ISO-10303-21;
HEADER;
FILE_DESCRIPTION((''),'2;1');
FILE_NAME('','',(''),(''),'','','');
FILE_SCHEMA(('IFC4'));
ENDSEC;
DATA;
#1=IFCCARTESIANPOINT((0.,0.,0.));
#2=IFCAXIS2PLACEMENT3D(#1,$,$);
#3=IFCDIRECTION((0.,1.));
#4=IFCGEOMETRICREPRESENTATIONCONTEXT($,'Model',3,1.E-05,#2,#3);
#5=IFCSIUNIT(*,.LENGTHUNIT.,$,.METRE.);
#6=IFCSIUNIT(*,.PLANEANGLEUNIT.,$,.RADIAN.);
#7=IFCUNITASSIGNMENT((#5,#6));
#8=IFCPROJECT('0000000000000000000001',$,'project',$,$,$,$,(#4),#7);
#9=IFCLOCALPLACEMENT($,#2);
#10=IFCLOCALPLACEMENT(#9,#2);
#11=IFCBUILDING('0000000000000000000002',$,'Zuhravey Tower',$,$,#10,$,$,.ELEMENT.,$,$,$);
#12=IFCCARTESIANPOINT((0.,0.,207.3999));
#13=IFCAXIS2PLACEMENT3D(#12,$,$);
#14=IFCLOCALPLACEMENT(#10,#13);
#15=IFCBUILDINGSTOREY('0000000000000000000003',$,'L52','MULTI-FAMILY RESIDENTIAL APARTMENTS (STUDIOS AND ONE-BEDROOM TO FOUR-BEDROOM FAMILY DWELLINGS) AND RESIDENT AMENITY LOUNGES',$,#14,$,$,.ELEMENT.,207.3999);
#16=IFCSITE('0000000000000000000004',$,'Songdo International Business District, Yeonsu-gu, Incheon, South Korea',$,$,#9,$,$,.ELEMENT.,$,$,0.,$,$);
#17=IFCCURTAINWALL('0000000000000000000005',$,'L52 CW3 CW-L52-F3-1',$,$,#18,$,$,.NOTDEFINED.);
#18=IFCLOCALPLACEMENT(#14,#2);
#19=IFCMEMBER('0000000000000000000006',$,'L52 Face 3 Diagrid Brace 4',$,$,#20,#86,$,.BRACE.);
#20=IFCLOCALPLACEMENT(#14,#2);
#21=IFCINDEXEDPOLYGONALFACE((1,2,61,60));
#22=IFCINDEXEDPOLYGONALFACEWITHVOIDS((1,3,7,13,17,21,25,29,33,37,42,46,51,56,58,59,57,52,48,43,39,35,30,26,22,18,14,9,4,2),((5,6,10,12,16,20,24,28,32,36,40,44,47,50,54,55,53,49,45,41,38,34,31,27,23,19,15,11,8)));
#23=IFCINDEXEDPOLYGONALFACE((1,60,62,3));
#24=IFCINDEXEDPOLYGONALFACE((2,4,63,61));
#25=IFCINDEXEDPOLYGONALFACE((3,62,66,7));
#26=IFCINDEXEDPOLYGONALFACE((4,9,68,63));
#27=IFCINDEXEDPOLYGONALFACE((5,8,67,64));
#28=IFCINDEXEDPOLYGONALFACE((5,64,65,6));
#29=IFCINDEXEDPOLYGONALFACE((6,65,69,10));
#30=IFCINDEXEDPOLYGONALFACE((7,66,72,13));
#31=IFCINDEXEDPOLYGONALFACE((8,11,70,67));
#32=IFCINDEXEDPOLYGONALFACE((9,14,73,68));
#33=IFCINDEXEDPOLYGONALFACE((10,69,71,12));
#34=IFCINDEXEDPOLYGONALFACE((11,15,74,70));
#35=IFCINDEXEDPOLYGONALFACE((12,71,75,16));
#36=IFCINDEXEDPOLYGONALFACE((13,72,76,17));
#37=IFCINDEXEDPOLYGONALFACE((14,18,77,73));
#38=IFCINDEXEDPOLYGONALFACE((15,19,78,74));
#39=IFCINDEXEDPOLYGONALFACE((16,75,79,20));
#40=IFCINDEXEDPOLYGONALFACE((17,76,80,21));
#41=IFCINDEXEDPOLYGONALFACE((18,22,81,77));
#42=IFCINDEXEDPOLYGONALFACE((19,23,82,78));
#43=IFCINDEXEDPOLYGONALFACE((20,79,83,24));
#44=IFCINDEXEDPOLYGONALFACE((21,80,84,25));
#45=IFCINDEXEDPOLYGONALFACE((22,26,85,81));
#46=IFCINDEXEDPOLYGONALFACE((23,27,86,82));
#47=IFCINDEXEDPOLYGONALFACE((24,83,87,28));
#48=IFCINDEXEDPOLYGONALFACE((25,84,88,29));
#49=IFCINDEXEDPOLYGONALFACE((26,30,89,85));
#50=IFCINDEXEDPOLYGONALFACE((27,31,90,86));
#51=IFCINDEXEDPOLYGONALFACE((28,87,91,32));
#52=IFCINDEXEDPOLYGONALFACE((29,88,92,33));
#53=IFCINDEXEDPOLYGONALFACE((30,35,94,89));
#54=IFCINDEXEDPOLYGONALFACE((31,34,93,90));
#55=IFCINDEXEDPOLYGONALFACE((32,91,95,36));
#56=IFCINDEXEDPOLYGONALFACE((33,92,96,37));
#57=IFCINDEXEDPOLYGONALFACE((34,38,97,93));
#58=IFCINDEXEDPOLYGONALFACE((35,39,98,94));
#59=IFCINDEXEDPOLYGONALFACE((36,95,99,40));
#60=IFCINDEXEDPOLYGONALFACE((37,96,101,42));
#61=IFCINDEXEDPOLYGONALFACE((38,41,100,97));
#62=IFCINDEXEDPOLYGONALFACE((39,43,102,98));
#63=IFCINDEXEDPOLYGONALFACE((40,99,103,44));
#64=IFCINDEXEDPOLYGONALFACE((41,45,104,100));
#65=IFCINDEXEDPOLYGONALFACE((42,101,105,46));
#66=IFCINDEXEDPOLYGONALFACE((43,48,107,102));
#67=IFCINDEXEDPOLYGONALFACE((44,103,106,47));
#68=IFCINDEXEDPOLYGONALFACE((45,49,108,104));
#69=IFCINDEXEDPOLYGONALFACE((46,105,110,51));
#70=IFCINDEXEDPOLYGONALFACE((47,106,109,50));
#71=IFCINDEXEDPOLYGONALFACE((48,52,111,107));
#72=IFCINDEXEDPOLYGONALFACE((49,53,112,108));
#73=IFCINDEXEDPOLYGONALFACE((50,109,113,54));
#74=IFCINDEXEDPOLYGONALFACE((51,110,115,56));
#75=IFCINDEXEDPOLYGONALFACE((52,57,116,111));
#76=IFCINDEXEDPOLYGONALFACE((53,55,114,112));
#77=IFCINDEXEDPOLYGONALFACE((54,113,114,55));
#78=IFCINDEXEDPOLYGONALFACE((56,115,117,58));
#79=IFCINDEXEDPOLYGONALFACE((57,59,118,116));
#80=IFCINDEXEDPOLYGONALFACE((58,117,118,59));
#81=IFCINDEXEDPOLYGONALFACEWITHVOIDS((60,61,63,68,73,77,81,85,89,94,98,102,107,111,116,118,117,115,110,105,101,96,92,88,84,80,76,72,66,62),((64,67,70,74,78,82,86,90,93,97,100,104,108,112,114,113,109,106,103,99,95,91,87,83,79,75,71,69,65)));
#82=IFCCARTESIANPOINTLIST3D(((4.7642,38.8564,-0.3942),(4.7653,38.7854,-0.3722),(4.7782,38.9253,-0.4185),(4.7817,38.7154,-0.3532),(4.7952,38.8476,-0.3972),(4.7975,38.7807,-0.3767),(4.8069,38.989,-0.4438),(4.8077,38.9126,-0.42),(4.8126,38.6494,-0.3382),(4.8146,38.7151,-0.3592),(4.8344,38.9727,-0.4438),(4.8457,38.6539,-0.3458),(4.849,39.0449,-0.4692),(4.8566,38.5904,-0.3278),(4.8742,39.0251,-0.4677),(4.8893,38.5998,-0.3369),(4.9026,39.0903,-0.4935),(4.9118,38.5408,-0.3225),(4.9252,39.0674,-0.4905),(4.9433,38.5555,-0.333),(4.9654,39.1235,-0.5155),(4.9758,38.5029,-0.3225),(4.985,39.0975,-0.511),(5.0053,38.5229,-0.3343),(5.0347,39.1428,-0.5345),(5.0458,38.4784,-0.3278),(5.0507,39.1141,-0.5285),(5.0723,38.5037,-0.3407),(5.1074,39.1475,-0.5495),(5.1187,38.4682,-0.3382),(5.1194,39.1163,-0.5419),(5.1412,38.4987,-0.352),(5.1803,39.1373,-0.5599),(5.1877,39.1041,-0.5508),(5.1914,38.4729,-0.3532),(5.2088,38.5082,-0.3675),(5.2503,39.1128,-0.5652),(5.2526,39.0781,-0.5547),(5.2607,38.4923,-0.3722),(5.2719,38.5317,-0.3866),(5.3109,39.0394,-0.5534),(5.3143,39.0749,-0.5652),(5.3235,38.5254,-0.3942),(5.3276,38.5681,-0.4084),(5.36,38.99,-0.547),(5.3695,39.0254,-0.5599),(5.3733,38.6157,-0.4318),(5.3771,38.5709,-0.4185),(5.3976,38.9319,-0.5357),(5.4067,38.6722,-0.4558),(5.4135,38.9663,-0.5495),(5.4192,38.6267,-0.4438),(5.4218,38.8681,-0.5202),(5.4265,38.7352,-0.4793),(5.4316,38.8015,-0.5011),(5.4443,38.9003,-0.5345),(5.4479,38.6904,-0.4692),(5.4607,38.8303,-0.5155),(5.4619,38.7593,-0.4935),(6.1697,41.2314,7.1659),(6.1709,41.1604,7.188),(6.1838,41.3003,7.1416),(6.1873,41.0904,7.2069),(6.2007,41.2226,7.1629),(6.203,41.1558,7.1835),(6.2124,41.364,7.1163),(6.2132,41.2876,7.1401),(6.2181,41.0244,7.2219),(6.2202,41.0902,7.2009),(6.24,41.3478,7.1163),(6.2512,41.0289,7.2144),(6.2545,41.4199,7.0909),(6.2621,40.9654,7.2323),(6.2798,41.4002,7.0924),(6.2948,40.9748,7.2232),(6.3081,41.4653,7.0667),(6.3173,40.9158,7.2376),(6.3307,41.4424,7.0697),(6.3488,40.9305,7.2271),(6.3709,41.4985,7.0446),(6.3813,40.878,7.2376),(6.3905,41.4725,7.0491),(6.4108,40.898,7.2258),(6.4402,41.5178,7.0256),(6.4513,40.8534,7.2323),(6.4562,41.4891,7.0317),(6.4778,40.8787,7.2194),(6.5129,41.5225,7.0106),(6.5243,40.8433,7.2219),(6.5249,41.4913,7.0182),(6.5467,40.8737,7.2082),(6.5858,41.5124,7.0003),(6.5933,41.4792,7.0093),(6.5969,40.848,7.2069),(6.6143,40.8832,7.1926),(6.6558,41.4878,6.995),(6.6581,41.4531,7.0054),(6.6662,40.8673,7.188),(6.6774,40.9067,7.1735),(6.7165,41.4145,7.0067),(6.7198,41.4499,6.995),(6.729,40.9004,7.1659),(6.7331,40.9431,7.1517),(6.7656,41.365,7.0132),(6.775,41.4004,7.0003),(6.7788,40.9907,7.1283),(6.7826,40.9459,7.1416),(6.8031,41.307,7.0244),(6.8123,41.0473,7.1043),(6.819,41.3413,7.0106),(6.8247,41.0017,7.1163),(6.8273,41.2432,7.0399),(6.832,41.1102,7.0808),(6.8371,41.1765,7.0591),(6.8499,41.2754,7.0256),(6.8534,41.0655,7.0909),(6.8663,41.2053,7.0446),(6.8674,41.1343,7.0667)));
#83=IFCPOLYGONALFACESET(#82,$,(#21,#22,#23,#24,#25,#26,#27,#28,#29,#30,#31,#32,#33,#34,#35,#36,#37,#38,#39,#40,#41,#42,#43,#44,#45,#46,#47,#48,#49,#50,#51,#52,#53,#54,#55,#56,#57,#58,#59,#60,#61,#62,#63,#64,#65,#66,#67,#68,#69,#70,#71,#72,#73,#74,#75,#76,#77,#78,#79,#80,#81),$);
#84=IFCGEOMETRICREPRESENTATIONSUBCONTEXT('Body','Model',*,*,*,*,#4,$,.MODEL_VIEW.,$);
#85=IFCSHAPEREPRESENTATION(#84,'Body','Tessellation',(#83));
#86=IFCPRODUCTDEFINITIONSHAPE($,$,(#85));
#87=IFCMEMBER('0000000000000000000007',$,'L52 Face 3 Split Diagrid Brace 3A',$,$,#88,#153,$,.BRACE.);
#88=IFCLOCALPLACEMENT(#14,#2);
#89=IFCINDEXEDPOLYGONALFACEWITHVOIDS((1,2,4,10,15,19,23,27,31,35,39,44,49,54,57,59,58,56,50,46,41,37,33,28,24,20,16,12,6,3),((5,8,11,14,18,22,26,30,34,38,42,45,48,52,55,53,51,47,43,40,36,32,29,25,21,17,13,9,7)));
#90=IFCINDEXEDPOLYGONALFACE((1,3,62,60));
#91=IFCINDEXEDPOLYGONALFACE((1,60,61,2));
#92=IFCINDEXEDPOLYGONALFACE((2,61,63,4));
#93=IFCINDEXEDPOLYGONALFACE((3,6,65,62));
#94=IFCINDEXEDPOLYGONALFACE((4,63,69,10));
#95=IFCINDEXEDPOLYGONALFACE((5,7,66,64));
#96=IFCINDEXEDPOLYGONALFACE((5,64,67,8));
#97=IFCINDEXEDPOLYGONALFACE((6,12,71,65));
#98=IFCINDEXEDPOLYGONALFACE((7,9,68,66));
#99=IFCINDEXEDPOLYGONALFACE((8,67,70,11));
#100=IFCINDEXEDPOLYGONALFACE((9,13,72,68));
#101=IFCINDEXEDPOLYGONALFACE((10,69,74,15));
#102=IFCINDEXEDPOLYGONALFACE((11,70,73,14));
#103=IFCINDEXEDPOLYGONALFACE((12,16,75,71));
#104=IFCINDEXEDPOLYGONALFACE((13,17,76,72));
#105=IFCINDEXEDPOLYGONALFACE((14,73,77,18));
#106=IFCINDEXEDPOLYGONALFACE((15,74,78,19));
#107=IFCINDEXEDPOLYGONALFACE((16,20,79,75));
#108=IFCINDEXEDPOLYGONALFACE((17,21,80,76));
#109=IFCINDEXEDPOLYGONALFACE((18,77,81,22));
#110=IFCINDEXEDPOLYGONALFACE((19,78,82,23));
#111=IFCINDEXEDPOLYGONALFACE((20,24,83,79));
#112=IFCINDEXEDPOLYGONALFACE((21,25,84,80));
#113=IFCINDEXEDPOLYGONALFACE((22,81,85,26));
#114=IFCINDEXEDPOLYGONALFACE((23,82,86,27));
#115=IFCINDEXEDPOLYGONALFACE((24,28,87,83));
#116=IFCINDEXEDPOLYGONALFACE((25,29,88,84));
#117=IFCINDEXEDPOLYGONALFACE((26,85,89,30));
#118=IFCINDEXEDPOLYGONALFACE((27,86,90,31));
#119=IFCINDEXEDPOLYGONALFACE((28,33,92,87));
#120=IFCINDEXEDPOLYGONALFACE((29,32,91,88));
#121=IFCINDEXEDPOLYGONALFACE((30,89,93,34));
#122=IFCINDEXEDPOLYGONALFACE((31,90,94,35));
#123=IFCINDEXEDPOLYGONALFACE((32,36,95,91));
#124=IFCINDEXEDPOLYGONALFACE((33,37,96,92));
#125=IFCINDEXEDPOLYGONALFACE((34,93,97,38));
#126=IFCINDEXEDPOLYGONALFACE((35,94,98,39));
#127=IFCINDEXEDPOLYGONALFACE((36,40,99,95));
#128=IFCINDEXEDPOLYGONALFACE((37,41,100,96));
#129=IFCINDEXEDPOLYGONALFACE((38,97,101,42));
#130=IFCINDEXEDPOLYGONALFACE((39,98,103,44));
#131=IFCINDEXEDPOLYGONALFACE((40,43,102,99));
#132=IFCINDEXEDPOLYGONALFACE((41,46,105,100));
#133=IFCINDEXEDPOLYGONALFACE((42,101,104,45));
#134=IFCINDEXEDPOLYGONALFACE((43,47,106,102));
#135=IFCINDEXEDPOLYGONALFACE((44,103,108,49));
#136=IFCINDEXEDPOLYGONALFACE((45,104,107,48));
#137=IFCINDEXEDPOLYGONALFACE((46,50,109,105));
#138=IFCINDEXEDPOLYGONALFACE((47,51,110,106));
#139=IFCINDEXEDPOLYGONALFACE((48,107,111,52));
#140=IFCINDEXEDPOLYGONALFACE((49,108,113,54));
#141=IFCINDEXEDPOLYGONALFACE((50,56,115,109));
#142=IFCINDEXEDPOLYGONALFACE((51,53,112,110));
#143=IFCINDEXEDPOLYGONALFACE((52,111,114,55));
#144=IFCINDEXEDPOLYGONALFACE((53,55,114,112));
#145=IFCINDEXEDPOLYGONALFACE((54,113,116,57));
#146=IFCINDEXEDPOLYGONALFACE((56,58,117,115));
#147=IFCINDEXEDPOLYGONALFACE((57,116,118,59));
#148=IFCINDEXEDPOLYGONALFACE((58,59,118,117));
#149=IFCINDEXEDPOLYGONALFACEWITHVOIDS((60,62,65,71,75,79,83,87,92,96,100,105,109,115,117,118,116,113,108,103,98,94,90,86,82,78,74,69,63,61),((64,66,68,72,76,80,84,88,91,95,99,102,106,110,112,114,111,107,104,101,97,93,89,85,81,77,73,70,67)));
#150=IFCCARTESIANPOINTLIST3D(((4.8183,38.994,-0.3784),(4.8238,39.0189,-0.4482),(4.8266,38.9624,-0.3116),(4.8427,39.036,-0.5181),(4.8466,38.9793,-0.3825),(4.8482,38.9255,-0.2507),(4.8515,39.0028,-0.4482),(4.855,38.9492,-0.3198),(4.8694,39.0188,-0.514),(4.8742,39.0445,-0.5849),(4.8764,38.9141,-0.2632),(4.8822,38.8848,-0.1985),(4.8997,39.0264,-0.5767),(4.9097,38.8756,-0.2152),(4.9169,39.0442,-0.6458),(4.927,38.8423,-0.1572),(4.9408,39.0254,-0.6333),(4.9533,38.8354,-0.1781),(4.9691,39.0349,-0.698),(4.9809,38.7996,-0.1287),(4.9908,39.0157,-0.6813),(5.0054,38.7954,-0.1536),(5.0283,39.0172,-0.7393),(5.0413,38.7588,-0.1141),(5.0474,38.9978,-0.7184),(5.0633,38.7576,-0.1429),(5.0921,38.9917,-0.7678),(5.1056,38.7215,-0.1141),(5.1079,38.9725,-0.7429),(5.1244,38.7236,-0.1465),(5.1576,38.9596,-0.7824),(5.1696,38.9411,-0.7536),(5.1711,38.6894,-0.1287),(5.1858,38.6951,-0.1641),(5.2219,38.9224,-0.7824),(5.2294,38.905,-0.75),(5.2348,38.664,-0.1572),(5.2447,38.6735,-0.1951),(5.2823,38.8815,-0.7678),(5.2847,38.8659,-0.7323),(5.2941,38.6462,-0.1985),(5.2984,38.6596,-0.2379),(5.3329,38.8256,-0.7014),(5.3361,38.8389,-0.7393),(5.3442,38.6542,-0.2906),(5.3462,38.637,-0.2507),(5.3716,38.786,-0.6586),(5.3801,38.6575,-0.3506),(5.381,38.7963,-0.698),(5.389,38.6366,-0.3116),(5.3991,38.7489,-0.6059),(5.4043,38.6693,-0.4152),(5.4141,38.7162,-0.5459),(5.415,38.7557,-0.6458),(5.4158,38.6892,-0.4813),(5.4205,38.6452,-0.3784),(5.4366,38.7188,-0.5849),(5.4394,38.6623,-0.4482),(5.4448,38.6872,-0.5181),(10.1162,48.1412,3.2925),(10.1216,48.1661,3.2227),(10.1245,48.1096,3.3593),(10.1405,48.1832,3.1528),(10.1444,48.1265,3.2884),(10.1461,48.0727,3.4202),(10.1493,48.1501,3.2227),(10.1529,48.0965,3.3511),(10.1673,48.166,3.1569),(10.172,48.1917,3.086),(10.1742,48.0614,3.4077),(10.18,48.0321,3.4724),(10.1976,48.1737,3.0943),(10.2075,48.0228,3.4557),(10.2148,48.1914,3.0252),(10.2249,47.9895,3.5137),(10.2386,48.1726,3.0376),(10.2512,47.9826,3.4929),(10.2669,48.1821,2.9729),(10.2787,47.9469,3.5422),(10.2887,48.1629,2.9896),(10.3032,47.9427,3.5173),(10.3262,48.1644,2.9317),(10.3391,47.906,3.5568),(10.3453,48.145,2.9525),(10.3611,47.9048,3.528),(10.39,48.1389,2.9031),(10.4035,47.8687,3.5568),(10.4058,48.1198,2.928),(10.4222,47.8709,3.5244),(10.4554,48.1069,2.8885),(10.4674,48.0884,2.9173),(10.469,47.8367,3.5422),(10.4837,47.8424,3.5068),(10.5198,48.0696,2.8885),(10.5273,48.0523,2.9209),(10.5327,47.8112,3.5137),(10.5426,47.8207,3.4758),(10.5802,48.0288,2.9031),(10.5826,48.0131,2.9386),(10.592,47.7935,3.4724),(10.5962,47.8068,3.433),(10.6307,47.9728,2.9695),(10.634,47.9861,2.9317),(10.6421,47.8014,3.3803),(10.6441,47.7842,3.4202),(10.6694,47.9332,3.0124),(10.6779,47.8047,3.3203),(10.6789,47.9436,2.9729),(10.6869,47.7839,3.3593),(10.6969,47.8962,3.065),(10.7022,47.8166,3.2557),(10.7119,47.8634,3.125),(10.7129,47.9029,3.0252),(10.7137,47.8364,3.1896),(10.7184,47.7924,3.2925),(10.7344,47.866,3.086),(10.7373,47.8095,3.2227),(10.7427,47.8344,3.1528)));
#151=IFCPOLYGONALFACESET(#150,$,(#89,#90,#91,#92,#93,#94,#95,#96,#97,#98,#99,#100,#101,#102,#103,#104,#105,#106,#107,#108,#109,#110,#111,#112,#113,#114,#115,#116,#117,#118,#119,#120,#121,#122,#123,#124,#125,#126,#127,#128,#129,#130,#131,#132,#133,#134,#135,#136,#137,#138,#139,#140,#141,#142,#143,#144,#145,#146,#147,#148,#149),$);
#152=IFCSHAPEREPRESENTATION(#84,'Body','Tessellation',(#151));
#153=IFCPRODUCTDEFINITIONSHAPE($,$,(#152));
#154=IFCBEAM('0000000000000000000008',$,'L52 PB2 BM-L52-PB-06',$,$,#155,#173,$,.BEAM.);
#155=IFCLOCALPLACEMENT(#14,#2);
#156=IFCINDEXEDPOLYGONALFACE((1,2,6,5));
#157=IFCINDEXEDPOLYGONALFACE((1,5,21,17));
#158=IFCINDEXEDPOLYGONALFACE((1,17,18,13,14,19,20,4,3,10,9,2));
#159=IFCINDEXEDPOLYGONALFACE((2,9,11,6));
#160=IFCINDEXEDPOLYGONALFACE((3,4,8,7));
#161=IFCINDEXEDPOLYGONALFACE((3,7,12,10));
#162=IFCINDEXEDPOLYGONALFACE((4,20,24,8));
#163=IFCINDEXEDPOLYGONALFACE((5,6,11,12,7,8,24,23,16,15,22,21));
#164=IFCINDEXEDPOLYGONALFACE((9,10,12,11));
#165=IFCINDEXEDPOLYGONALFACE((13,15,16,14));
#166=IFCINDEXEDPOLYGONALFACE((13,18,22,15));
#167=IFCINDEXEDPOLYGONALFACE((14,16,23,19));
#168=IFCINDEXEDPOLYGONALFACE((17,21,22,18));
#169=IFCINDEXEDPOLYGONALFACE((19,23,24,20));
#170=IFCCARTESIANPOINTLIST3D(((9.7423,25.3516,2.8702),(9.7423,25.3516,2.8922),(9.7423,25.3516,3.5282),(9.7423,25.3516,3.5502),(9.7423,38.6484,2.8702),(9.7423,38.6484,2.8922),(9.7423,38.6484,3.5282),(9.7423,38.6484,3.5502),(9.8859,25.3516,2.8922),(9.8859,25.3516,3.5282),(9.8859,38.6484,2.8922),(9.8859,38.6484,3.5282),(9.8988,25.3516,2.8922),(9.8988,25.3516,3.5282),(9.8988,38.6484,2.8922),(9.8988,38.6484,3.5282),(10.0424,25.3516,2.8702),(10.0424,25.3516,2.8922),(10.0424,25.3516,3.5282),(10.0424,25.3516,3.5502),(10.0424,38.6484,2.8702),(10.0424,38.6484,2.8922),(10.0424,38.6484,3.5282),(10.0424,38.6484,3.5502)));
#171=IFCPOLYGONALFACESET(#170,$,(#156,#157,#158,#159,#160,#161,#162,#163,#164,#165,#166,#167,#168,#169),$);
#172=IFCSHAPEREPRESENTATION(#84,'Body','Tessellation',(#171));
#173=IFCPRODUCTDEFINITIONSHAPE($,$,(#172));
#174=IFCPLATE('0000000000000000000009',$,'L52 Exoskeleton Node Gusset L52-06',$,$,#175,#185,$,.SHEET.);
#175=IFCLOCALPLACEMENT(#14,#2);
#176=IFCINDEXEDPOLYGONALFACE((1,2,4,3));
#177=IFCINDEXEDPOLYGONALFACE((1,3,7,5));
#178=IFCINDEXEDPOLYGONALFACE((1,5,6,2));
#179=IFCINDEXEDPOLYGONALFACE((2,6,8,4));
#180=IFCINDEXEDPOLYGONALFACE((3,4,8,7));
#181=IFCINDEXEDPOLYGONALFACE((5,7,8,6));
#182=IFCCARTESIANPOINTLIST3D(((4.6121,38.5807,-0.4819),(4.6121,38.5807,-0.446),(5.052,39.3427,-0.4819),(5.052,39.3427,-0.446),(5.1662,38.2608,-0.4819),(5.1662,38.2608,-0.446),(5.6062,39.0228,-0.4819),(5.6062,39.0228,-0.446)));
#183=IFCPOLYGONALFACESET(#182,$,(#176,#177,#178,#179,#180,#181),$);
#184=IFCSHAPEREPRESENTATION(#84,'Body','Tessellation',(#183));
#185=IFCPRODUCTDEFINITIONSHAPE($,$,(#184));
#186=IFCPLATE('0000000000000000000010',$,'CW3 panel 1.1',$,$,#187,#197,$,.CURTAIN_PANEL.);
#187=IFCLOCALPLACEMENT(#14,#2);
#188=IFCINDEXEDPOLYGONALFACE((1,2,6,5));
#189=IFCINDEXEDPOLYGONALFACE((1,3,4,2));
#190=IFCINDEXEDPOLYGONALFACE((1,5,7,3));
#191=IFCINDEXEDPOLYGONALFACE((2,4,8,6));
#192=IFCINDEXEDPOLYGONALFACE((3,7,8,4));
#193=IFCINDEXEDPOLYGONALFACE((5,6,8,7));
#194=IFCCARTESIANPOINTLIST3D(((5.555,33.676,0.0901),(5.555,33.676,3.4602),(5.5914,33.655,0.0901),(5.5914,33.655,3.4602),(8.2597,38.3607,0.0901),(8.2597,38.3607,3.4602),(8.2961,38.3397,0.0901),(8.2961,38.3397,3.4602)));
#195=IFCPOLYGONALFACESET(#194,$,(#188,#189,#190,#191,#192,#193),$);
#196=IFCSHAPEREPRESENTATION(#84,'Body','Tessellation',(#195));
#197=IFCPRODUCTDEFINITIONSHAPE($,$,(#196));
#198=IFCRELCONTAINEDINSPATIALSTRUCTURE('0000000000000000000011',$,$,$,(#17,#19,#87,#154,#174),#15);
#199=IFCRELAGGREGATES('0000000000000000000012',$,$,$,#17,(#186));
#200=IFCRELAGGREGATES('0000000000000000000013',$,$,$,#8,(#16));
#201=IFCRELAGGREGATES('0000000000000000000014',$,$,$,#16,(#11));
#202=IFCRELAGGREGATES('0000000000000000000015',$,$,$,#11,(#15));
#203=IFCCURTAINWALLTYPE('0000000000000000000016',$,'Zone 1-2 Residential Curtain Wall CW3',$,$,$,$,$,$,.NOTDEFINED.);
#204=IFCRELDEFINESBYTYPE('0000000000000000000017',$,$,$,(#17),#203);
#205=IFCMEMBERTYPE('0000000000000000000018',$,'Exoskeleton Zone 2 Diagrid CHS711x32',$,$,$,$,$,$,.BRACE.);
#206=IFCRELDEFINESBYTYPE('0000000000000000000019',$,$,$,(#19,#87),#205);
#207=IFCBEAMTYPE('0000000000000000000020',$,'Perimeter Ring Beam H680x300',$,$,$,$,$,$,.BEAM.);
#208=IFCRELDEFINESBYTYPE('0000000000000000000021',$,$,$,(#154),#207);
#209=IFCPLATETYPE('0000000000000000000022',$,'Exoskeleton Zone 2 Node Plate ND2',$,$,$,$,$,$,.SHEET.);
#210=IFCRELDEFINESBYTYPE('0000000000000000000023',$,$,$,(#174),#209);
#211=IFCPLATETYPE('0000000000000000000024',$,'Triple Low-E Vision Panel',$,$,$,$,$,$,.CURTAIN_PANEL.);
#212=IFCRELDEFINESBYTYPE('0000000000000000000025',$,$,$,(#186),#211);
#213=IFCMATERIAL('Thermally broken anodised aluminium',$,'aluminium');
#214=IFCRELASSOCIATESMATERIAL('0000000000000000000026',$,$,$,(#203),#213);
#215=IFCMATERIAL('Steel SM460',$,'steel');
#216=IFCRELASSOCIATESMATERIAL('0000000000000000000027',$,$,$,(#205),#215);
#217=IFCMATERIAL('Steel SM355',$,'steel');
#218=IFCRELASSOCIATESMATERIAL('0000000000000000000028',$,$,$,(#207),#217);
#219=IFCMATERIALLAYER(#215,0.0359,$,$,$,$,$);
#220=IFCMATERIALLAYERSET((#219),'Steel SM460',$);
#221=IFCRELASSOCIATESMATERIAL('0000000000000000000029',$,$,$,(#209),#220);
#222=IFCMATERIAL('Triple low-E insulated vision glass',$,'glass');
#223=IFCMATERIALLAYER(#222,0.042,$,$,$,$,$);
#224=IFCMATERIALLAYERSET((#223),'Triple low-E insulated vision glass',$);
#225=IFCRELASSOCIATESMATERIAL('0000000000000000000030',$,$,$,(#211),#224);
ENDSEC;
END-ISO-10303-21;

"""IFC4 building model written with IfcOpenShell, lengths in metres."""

from ifc_helpers import new_model, si_unit, direction, frame, origin, origin_2d, place, context, subcontext, project, spatial, rectangle, hollow_circle, i_section, extrude, material, layer, layer_set, material_profile, profile_set, type_object, element, aggregate, save


model = new_model("IFC4")

# Units and contexts
model_context = context("Model", 3, precision=1e-05, world=origin(), true_north=direction((0.0, 1.0)))
body_context = subcontext(model_context, "Body", "Model", "MODEL_VIEW")
ifc_project = project(units=[si_unit("LENGTHUNIT", "METRE"), si_unit("PLANEANGLEUNIT", "RADIAN")], contexts=[model_context])

# Site, building, storey
site_placement = place(None, origin())
site = spatial("IfcSite", under=ifc_project, at=site_placement, Name="Songdo International Business District, Yeonsu-gu, Incheon, South Korea", CompositionType="ELEMENT", RefElevation=0.0)
building_placement = place(site_placement, origin())
building = spatial("IfcBuilding", under=site, at=building_placement, Name="Zuhravey Tower", CompositionType="ELEMENT")
storey_placement = place(building_placement, frame((0.0, 0.0, 207.3999)))
storey = spatial("IfcBuildingStorey", under=building, at=storey_placement, Name="L52", Description="MULTI-FAMILY RESIDENTIAL APARTMENTS (STUDIOS AND ONE-BEDROOM TO FOUR-BEDROOM FAMILY DWELLINGS) AND RESIDENT AMENITY LOUNGES", CompositionType="ELEMENT", Elevation=207.3999)

# Shared definitions
ifc_material_1 = material(Name="Thermally broken anodised aluminium", Category="aluminium")
curtain_wall_type = type_object("IfcCurtainWallType", Name="Zone 1-2 Residential Curtain Wall CW3", PredefinedType="NOTDEFINED", material=ifc_material_1)

# Curtain wall
curtain_wall_1_placement = place(storey_placement, origin())
curtain_wall_1 = element("IfcCurtainWall", 1, at=curtain_wall_1_placement, inside=storey, type_object=curtain_wall_type, Name="L52 CW3 CW-L52-F3-1", PredefinedType="NOTDEFINED")

# Members
ifc_material_2 = material(Name="Steel SM460", Category="steel")
ifc_material_profile_1 = material_profile(ifc_material_2, hollow_circle(Radius=0.3557, WallThickness=0.032, at=origin_2d()), Name="CHS-711.2x32")
ifc_profile_set_1 = profile_set([ifc_material_profile_1], Name="Steel SM460")
member_type_1 = type_object("IfcMemberType", Name="Exoskeleton Zone 2 Diagrid CHS711x32", PredefinedType="BRACE", material=ifc_profile_set_1)
member_1_placement = place(storey_placement, frame((5.113, 38.8079, -0.4438), z_axis=(0.174641, 0.295104, 0.939369), x_axis=(-0.860592, 0.509295, 0.0)))
element("IfcMember", 2, at=member_1_placement, inside=storey, type_object=member_type_1, Name="L52 Face 3 Diagrid Brace 4", PredefinedType="BRACE", context=body_context, shape_type="SweptSolid", body=[
    extrude(hollow_circle(Radius=0.3557, WallThickness=0.032, at=origin_2d()), origin(), (0.0, 0.0, 1.0), 8.0481),
])
member_2_placement = place(storey_placement, frame((5.1316, 38.8406, -0.4482), z_axis=(0.473449, 0.817452, 0.328054), x_axis=(-0.86534, 0.501185, 0.0)))
element("IfcMember", 3, at=member_2_placement, inside=storey, type_object=member_type_1, Name="L52 Face 3 Split Diagrid Brace 3A", PredefinedType="BRACE", context=body_context, shape_type="SweptSolid", body=[
    extrude(hollow_circle(Radius=0.3557, WallThickness=0.032, at=origin_2d()), origin(), (0.0, 0.0, 1.0), 11.1899),
])

# Beam
ifc_material_3 = material(Name="Steel SM355", Category="steel")
ifc_material_profile_2 = material_profile(ifc_material_3, i_section(OverallWidth=0.3, OverallDepth=0.6799, WebThickness=0.0129, FlangeThickness=0.022, at=origin_2d()), Name="H-680x300x13x22")
ifc_profile_set_2 = profile_set([ifc_material_profile_2], Name="Steel SM355")
beam_type = type_object("IfcBeamType", Name="Perimeter Ring Beam H680x300", PredefinedType="BEAM", material=ifc_profile_set_2)
beam_placement = place(storey_placement, frame((9.8923, 38.6484, 3.2102), z_axis=(0.0, -1.0, 0.0), x_axis=(1.0, 0.0, 0.0)))
element("IfcBeam", 4, at=beam_placement, inside=storey, type_object=beam_type, Name="L52 PB2 BM-L52-PB-06", PredefinedType="BEAM", context=body_context, shape_type="SweptSolid", body=[
    extrude(i_section(OverallWidth=0.3, OverallDepth=0.6799, WebThickness=0.0129, FlangeThickness=0.022, at=origin_2d()), origin(), (0.0, 0.0, 1.0), 13.2969),
])

# Plates
ifc_layer_1 = layer(ifc_material_2, 0.0359)
ifc_layer_set_1 = layer_set([ifc_layer_1], Name="Steel SM460")
plate_type_1 = type_object("IfcPlateType", Name="Exoskeleton Zone 2 Node Plate ND2", PredefinedType="SHEET", material=ifc_layer_set_1)
plate_1_placement = place(storey_placement, frame((5.1091, 38.8018, -0.4819), z_axis=(0.0, 0.0, 1.0), x_axis=(-0.5, -0.866025, 0.0)))
element("IfcPlate", 5, at=plate_1_placement, inside=storey, type_object=plate_type_1, Name="L52 Exoskeleton Node Gusset L52-06", PredefinedType="SHEET", context=body_context, shape_type="SweptSolid", body=[
    extrude(rectangle(XDim=0.8799, YDim=0.6399, at=origin_2d()), origin(), (0.0, 0.0, 1.0), 0.0359),
])
ifc_material_4 = material(Name="Triple low-E insulated vision glass", Category="glass")
ifc_layer_2 = layer(ifc_material_4, 0.042)
ifc_layer_set_2 = layer_set([ifc_layer_2], Name="Triple low-E insulated vision glass")
plate_type_2 = type_object("IfcPlateType", Name="Triple Low-E Vision Panel", PredefinedType="CURTAIN_PANEL", material=ifc_layer_set_2)
plate_2_placement = place(storey_placement, frame((6.9255, 36.0078, 0.0901), z_axis=(0.0, 0.0, 1.0), x_axis=(0.5, 0.866025, 0.0)))
plate_2 = element("IfcPlate", 6, at=plate_2_placement, type_object=plate_type_2, Name="CW3 panel 1.1", PredefinedType="CURTAIN_PANEL", context=body_context, shape_type="SweptSolid", body=[
    extrude(rectangle(XDim=5.4094, YDim=0.042, at=origin_2d()), origin(), (0.0, 0.0, 1.0), 3.3701),
])
aggregate(curtain_wall_1, [plate_2])

save(model, "model.ifc")
